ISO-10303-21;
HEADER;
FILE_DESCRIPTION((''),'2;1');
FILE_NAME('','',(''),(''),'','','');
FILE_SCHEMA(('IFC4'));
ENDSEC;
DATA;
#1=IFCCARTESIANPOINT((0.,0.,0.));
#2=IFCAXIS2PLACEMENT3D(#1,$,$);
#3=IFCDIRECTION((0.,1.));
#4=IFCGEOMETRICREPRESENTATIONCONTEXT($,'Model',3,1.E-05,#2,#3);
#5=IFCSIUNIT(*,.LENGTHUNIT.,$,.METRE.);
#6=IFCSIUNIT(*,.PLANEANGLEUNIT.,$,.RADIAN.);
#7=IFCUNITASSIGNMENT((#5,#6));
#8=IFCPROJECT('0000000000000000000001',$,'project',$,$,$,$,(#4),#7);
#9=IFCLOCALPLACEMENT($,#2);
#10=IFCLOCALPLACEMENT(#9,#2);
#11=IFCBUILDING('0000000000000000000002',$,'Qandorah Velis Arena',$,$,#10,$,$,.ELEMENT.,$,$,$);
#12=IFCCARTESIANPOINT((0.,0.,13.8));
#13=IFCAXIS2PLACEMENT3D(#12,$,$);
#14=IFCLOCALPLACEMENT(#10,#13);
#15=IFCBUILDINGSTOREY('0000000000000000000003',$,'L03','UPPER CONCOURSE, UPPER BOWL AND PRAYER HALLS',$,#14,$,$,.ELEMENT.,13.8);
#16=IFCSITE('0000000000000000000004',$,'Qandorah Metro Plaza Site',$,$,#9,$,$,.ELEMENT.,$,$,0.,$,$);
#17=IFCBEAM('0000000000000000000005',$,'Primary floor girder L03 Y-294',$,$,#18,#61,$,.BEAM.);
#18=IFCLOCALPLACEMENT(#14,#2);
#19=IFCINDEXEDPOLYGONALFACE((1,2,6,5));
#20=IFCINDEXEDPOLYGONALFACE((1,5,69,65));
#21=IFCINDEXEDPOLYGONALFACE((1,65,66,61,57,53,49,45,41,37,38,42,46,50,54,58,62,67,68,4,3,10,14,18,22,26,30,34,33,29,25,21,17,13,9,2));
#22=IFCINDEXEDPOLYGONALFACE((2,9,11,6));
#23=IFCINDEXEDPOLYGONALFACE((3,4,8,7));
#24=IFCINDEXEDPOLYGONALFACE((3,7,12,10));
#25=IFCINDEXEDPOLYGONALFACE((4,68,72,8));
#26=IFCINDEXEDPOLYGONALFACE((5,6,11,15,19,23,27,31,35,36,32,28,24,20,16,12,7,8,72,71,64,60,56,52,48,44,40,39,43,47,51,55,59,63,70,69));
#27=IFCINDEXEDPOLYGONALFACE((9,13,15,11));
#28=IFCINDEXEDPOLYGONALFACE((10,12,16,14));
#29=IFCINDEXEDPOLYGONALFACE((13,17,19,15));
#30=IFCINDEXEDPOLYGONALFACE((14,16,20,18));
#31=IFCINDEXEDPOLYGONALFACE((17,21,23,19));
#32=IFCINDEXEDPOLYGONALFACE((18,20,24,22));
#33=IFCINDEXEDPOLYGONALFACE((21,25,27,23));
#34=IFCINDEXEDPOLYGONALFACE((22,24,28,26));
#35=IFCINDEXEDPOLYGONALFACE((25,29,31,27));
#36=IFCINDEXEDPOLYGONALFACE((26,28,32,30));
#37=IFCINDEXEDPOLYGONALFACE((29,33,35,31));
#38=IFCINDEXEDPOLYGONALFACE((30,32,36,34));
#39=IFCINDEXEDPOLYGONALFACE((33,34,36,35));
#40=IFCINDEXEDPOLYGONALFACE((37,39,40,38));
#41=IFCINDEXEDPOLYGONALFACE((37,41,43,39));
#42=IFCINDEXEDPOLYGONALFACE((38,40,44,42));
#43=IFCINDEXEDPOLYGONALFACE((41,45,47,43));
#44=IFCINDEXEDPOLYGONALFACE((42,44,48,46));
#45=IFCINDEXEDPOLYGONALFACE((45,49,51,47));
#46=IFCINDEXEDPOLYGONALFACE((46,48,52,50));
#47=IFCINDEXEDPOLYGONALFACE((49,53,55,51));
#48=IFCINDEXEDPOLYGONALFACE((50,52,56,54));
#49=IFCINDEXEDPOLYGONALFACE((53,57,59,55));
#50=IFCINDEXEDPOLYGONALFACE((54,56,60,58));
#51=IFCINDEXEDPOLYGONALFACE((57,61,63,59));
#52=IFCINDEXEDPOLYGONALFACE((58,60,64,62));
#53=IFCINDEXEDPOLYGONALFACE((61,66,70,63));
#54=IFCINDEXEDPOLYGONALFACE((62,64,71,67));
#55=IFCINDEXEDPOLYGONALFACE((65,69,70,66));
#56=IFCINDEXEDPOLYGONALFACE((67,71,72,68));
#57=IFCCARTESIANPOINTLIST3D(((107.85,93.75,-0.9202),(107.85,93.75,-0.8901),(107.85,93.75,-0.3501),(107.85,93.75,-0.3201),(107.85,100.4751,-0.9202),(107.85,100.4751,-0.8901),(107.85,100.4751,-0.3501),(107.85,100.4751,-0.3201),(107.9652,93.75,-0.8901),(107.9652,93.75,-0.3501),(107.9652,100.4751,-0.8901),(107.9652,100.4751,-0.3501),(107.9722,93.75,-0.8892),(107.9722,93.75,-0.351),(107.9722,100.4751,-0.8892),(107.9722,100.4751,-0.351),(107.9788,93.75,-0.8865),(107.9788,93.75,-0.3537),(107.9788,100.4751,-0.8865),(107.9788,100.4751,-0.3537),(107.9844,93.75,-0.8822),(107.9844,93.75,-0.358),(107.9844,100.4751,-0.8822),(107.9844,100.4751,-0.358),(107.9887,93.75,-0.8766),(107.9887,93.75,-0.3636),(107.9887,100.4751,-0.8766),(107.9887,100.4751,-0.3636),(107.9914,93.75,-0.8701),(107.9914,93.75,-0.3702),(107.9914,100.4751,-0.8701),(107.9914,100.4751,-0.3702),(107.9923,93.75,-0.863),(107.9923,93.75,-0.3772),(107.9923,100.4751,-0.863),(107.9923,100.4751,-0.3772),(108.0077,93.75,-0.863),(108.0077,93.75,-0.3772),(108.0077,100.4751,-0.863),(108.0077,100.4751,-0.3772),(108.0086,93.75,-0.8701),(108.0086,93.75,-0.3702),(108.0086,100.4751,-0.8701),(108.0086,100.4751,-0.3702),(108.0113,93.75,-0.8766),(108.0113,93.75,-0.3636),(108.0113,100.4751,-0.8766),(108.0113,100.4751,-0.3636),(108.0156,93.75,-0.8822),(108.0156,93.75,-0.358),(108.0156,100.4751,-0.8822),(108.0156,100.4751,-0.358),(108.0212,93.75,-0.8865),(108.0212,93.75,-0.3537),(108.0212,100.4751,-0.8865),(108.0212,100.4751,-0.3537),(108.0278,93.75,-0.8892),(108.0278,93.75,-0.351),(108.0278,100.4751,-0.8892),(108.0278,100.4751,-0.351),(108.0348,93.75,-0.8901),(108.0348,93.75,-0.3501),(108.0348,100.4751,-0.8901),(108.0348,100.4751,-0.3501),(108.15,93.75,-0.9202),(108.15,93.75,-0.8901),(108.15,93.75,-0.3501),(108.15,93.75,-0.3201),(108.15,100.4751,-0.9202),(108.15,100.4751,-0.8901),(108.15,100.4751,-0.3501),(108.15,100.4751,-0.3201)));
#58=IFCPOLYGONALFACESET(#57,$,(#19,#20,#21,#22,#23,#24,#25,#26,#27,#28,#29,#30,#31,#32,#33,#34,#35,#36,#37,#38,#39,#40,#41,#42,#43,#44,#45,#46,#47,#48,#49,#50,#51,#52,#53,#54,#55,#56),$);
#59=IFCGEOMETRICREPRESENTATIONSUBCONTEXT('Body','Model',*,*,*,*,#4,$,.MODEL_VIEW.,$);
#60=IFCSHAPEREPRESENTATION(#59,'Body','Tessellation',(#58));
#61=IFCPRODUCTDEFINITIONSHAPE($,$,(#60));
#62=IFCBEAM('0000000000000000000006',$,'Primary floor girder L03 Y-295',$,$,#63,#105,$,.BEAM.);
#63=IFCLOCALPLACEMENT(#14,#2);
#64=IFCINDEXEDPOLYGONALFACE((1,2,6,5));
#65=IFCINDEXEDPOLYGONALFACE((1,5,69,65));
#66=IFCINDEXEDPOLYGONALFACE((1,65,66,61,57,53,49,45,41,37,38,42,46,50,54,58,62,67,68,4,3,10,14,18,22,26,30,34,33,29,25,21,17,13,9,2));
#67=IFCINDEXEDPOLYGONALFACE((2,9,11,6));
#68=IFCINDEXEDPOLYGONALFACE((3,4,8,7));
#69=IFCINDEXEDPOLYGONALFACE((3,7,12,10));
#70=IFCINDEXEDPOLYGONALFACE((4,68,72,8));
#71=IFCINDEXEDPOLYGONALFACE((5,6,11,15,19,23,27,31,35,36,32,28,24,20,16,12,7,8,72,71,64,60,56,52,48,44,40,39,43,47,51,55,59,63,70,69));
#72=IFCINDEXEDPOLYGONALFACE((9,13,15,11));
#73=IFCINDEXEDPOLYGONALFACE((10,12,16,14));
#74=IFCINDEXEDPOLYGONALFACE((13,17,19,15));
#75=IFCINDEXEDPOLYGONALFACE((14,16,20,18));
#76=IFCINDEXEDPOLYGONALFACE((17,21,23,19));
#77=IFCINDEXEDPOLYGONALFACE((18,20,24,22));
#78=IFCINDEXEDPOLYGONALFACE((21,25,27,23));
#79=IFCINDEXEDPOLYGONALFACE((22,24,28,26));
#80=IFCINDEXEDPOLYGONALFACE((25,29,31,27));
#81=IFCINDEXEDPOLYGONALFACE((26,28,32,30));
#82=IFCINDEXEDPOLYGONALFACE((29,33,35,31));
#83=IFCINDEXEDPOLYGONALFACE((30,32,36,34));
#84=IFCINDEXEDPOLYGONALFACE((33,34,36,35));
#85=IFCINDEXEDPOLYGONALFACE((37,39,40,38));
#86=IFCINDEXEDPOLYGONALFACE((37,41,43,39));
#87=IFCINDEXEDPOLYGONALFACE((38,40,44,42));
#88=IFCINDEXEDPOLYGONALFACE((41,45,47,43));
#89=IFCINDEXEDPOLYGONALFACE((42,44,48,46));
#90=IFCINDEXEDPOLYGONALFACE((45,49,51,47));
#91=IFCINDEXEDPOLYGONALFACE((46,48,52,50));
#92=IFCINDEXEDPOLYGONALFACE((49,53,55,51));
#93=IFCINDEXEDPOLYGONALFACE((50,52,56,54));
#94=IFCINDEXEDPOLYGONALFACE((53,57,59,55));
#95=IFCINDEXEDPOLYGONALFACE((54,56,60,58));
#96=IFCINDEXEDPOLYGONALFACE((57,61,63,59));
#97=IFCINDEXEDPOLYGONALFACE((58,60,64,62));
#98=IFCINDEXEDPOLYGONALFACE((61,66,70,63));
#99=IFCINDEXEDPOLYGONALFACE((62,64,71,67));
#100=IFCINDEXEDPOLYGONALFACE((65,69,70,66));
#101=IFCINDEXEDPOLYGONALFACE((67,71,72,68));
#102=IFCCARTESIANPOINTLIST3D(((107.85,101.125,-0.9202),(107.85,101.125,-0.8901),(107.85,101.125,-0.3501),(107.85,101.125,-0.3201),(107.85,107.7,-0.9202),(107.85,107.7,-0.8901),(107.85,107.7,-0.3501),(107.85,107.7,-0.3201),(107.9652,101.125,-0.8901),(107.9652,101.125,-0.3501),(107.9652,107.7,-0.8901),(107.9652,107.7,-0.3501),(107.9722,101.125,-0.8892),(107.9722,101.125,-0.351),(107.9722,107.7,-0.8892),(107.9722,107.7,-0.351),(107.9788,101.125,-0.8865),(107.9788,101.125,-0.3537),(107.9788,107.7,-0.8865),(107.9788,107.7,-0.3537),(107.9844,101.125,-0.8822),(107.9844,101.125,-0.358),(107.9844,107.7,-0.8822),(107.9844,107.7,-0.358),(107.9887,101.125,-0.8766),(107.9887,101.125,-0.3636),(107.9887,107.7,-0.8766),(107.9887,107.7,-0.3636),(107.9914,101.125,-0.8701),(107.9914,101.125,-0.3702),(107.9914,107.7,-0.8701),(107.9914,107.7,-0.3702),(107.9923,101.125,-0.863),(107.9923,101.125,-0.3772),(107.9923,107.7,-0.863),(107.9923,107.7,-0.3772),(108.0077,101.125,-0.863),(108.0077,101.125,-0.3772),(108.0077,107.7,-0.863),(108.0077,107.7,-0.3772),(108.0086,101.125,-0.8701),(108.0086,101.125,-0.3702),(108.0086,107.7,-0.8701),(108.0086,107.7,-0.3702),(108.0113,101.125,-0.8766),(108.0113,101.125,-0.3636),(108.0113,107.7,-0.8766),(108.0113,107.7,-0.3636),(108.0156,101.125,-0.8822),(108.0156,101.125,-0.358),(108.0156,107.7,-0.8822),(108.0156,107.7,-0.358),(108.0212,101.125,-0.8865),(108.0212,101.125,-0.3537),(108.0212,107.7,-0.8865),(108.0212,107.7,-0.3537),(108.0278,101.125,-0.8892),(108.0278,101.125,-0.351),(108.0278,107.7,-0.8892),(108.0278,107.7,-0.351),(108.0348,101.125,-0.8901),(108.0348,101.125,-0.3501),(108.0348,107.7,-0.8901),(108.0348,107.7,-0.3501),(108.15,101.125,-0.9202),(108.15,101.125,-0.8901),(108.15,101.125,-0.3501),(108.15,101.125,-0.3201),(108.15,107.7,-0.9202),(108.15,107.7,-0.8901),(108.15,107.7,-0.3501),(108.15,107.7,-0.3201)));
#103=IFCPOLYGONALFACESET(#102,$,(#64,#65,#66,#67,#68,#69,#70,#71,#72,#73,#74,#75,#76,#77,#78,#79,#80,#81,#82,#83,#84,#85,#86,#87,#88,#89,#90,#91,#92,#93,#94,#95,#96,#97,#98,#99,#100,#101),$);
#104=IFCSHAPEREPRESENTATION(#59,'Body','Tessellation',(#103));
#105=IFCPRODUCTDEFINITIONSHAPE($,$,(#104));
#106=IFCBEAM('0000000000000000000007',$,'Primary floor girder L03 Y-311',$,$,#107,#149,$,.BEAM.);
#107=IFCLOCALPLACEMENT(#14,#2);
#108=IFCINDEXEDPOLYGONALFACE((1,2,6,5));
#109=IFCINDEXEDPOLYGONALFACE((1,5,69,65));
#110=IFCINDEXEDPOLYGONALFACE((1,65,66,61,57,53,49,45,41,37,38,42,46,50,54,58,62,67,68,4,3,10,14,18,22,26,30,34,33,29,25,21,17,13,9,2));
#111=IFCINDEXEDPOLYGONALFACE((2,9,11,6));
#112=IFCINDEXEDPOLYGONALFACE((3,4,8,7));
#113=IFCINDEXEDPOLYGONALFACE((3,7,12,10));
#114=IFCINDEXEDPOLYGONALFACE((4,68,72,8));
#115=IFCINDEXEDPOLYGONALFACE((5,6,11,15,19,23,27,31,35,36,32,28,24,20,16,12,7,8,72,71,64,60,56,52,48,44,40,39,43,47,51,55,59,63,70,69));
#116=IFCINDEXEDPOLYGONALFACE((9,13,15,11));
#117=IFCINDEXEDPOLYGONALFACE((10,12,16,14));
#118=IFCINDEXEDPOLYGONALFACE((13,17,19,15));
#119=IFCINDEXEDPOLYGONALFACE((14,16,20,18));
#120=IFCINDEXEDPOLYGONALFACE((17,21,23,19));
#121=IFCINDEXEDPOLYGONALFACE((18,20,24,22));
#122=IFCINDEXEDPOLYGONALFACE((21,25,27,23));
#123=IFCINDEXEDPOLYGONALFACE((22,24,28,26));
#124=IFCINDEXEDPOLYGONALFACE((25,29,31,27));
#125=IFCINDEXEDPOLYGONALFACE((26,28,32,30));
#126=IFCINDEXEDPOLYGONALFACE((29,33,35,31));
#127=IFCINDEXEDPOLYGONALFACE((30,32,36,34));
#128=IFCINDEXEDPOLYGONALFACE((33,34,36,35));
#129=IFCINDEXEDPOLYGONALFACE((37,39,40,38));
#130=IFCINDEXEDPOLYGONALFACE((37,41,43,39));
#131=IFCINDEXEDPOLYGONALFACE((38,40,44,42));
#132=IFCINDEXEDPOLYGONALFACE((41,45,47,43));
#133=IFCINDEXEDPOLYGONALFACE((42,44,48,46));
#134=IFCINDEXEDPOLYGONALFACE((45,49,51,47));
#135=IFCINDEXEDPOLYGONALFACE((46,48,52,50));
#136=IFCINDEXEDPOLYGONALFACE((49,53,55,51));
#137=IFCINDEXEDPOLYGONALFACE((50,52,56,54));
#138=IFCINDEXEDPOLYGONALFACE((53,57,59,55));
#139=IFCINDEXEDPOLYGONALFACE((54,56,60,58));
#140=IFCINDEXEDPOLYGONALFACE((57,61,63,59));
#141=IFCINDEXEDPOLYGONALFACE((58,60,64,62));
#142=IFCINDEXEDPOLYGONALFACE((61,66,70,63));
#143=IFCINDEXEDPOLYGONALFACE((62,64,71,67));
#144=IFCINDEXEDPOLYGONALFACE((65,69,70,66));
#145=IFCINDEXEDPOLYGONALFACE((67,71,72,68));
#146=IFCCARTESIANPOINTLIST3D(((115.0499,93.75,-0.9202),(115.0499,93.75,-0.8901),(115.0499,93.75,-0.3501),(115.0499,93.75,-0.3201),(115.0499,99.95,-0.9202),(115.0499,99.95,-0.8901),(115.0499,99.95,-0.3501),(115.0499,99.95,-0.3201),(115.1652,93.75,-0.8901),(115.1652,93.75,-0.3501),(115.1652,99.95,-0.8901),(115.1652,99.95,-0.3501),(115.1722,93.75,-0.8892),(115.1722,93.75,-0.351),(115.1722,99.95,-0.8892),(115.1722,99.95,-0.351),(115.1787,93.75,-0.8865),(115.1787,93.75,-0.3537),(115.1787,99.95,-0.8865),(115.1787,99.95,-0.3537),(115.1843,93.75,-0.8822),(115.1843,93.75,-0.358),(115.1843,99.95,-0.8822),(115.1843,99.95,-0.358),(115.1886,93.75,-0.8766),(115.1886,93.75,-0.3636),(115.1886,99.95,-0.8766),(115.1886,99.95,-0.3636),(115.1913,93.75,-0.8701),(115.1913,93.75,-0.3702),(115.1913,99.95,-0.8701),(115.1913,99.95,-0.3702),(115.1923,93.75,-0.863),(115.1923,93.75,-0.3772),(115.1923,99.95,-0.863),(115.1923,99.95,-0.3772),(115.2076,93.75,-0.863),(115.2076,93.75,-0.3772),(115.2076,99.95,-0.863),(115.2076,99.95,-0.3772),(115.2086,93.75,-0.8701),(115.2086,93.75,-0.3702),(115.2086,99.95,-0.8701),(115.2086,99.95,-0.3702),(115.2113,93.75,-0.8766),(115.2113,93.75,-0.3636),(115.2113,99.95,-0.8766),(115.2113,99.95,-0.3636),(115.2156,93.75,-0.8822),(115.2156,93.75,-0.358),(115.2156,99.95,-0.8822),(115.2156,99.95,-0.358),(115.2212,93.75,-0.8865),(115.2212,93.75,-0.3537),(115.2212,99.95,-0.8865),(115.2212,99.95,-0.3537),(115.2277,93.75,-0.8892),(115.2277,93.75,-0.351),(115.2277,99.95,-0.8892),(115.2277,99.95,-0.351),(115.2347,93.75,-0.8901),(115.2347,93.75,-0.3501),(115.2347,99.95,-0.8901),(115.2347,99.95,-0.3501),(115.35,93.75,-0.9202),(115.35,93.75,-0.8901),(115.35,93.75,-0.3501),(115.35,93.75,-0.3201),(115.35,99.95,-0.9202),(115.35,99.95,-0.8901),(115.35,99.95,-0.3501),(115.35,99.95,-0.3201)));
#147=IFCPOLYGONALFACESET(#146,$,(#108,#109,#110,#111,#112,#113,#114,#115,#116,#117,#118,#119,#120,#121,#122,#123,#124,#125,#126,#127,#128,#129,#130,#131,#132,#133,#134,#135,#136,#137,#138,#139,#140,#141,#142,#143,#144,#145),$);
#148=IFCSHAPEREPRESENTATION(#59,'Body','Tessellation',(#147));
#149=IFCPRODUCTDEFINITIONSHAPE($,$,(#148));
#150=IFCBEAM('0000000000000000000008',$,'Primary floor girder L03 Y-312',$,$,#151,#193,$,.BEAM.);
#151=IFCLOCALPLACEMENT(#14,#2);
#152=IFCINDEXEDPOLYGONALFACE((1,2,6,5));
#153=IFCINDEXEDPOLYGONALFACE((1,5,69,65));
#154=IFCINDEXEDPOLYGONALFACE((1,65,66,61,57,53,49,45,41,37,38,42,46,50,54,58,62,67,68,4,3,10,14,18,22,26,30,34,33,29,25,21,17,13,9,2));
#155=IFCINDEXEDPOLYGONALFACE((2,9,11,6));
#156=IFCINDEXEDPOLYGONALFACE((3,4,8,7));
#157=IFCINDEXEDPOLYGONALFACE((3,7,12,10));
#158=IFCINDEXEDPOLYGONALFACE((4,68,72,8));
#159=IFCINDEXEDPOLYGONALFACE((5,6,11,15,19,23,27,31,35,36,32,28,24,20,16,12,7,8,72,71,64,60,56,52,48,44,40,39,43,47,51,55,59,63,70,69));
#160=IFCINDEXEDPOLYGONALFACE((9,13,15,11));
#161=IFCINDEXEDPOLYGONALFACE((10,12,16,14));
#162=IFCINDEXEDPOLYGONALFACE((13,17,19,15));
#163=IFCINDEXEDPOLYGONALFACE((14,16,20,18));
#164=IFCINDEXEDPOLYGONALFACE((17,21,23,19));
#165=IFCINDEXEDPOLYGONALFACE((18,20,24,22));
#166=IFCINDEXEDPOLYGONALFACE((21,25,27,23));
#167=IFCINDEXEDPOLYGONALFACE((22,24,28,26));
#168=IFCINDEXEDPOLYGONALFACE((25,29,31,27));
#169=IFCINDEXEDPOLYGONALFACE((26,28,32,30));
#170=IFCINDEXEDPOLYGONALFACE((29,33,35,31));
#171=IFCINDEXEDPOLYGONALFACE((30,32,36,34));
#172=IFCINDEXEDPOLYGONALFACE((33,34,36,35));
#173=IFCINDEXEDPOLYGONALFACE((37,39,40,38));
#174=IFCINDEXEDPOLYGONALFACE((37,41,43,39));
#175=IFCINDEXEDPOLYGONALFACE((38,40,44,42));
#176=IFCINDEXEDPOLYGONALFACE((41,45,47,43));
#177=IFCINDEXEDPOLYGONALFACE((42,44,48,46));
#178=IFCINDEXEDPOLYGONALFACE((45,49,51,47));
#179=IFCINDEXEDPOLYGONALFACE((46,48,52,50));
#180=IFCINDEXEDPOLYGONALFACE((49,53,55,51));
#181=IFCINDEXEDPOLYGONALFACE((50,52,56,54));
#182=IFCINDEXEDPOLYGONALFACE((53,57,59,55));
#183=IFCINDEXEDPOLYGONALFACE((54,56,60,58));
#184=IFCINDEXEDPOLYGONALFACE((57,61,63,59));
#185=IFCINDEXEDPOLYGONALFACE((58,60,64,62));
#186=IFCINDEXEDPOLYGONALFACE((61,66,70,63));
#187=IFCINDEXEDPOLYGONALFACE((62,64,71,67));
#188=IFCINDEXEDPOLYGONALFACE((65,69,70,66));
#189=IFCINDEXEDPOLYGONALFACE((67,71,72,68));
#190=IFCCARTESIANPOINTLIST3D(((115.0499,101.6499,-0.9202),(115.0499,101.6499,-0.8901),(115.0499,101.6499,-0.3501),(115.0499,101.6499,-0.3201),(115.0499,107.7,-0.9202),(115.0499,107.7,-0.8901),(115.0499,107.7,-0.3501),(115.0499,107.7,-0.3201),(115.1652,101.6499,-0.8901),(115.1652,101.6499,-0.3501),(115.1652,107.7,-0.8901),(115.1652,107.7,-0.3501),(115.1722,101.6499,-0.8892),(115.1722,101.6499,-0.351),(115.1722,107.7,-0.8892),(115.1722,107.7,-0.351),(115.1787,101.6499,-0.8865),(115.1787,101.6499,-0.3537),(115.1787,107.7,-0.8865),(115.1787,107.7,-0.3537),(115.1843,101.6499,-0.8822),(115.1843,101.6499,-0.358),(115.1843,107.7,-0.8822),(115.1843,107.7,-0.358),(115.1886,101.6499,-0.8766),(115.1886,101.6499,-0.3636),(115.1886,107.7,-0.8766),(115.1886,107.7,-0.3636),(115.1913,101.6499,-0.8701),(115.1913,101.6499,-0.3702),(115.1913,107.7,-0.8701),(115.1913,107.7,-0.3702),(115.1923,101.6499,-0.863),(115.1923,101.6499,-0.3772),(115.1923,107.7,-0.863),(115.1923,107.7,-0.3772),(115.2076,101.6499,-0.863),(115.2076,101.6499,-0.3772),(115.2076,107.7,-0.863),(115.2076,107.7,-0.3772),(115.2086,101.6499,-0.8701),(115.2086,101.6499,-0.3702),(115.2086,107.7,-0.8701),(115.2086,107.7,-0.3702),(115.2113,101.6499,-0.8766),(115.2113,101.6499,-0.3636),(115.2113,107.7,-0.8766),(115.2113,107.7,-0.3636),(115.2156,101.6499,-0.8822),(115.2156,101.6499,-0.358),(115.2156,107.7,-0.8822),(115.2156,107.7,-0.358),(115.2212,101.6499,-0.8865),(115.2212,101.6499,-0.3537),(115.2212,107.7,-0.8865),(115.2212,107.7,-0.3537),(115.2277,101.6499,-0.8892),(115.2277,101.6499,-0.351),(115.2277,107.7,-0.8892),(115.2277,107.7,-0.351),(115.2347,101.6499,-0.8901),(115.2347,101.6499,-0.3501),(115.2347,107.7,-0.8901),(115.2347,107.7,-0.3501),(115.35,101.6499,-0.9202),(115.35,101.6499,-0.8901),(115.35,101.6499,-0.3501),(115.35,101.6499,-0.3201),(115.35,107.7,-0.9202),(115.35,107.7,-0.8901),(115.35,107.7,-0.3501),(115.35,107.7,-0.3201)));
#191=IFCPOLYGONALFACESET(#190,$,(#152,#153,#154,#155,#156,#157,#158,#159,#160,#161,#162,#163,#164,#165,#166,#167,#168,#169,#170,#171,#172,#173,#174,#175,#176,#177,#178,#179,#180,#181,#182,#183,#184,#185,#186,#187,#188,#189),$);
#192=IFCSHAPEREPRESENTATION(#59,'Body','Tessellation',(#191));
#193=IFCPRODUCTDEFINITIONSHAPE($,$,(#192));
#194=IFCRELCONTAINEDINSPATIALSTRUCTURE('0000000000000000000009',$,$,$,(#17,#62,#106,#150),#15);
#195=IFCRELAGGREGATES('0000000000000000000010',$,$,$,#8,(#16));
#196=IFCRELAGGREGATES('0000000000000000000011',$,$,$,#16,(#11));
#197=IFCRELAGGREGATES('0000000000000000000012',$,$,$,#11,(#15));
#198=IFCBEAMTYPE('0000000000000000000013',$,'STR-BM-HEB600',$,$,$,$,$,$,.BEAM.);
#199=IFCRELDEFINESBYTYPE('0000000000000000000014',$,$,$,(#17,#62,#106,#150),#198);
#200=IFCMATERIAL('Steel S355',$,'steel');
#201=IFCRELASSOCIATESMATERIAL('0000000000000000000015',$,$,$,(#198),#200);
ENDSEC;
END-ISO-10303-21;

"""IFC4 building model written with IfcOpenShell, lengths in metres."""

from ifc_helpers import new_model, si_unit, direction, frame, origin, origin_2d, place, context, subcontext, project, spatial, i_section, extrude, material, material_profile, profile_set, type_object, element, save


model = new_model("IFC4")

# Units and contexts
model_context = context("Model", 3, precision=1e-05, world=origin(), true_north=direction((0.0, 1.0)))
body_context = subcontext(model_context, "Body", "Model", "MODEL_VIEW")
ifc_project = project(units=[si_unit("LENGTHUNIT", "METRE"), si_unit("PLANEANGLEUNIT", "RADIAN")], contexts=[model_context])

# Site, building, storey
site_placement = place(None, origin())
site = spatial("IfcSite", under=ifc_project, at=site_placement, Name="Qandorah Metro Plaza Site", CompositionType="ELEMENT", RefElevation=0.0)
building_placement = place(site_placement, origin())
building = spatial("IfcBuilding", under=site, at=building_placement, Name="Qandorah Velis Arena", CompositionType="ELEMENT")
storey_placement = place(building_placement, frame((0.0, 0.0, 13.8)))
storey = spatial("IfcBuildingStorey", under=building, at=storey_placement, Name="L03", Description="UPPER CONCOURSE, UPPER BOWL AND PRAYER HALLS", CompositionType="ELEMENT", Elevation=13.8)

# Beams
ifc_material_1 = material(Name="Steel S355", Category="steel")
ifc_material_profile_1 = material_profile(ifc_material_1, i_section(OverallWidth=0.3, OverallDepth=0.6001, WebThickness=0.0154, FlangeThickness=0.03, FilletRadius=0.0271, at=origin_2d()), Name="HEB 600")
ifc_profile_set_1 = profile_set([ifc_material_profile_1], Name="Steel S355")
beam_type_1 = type_object("IfcBeamType", Name="STR-BM-HEB600", PredefinedType="BEAM", material=ifc_profile_set_1)
beam_1_placement = place(storey_placement, frame((108.0, 93.75, -0.6201), z_axis=(0.0, 1.0, 0.0), x_axis=(-1.0, 0.0, 0.0)))
element("IfcBeam", 1, at=beam_1_placement, inside=storey, type_object=beam_type_1, Name="Primary floor girder L03 Y-294", PredefinedType="BEAM", context=body_context, shape_type="SweptSolid", body=[
    extrude(i_section(OverallWidth=0.3, OverallDepth=0.6001, WebThickness=0.0154, FlangeThickness=0.03, FilletRadius=0.0271, at=origin_2d()), origin(), (0.0, 0.0, 1.0), 6.7251),
])
beam_2_placement = place(storey_placement, frame((108.0, 101.125, -0.6201), z_axis=(0.0, 1.0, 0.0), x_axis=(-1.0, 0.0, 0.0)))
element("IfcBeam", 2, at=beam_2_placement, inside=storey, type_object=beam_type_1, Name="Primary floor girder L03 Y-295", PredefinedType="BEAM", context=body_context, shape_type="SweptSolid", body=[
    extrude(i_section(OverallWidth=0.3, OverallDepth=0.6001, WebThickness=0.0154, FlangeThickness=0.03, FilletRadius=0.0271, at=origin_2d()), origin(), (0.0, 0.0, 1.0), 6.575),
])
beam_3_placement = place(storey_placement, frame((115.2, 93.75, -0.6201), z_axis=(0.0, 1.0, 0.0), x_axis=(-1.0, 0.0, 0.0)))
element("IfcBeam", 3, at=beam_3_placement, inside=storey, type_object=beam_type_1, Name="Primary floor girder L03 Y-311", PredefinedType="BEAM", context=body_context, shape_type="SweptSolid", body=[
    extrude(i_section(OverallWidth=0.3, OverallDepth=0.6001, WebThickness=0.0154, FlangeThickness=0.03, FilletRadius=0.0271, at=origin_2d()), origin(), (0.0, 0.0, 1.0), 6.2),
])
beam_4_placement = place(storey_placement, frame((115.2, 101.6499, -0.6201), z_axis=(0.0, 1.0, 0.0), x_axis=(-1.0, 0.0, 0.0)))
element("IfcBeam", 4, at=beam_4_placement, inside=storey, type_object=beam_type_1, Name="Primary floor girder L03 Y-312", PredefinedType="BEAM", context=body_context, shape_type="SweptSolid", body=[
    extrude(i_section(OverallWidth=0.3, OverallDepth=0.6001, WebThickness=0.0154, FlangeThickness=0.03, FilletRadius=0.0271, at=origin_2d()), origin(), (0.0, 0.0, 1.0), 6.05),
])

save(model, "model.ifc")
